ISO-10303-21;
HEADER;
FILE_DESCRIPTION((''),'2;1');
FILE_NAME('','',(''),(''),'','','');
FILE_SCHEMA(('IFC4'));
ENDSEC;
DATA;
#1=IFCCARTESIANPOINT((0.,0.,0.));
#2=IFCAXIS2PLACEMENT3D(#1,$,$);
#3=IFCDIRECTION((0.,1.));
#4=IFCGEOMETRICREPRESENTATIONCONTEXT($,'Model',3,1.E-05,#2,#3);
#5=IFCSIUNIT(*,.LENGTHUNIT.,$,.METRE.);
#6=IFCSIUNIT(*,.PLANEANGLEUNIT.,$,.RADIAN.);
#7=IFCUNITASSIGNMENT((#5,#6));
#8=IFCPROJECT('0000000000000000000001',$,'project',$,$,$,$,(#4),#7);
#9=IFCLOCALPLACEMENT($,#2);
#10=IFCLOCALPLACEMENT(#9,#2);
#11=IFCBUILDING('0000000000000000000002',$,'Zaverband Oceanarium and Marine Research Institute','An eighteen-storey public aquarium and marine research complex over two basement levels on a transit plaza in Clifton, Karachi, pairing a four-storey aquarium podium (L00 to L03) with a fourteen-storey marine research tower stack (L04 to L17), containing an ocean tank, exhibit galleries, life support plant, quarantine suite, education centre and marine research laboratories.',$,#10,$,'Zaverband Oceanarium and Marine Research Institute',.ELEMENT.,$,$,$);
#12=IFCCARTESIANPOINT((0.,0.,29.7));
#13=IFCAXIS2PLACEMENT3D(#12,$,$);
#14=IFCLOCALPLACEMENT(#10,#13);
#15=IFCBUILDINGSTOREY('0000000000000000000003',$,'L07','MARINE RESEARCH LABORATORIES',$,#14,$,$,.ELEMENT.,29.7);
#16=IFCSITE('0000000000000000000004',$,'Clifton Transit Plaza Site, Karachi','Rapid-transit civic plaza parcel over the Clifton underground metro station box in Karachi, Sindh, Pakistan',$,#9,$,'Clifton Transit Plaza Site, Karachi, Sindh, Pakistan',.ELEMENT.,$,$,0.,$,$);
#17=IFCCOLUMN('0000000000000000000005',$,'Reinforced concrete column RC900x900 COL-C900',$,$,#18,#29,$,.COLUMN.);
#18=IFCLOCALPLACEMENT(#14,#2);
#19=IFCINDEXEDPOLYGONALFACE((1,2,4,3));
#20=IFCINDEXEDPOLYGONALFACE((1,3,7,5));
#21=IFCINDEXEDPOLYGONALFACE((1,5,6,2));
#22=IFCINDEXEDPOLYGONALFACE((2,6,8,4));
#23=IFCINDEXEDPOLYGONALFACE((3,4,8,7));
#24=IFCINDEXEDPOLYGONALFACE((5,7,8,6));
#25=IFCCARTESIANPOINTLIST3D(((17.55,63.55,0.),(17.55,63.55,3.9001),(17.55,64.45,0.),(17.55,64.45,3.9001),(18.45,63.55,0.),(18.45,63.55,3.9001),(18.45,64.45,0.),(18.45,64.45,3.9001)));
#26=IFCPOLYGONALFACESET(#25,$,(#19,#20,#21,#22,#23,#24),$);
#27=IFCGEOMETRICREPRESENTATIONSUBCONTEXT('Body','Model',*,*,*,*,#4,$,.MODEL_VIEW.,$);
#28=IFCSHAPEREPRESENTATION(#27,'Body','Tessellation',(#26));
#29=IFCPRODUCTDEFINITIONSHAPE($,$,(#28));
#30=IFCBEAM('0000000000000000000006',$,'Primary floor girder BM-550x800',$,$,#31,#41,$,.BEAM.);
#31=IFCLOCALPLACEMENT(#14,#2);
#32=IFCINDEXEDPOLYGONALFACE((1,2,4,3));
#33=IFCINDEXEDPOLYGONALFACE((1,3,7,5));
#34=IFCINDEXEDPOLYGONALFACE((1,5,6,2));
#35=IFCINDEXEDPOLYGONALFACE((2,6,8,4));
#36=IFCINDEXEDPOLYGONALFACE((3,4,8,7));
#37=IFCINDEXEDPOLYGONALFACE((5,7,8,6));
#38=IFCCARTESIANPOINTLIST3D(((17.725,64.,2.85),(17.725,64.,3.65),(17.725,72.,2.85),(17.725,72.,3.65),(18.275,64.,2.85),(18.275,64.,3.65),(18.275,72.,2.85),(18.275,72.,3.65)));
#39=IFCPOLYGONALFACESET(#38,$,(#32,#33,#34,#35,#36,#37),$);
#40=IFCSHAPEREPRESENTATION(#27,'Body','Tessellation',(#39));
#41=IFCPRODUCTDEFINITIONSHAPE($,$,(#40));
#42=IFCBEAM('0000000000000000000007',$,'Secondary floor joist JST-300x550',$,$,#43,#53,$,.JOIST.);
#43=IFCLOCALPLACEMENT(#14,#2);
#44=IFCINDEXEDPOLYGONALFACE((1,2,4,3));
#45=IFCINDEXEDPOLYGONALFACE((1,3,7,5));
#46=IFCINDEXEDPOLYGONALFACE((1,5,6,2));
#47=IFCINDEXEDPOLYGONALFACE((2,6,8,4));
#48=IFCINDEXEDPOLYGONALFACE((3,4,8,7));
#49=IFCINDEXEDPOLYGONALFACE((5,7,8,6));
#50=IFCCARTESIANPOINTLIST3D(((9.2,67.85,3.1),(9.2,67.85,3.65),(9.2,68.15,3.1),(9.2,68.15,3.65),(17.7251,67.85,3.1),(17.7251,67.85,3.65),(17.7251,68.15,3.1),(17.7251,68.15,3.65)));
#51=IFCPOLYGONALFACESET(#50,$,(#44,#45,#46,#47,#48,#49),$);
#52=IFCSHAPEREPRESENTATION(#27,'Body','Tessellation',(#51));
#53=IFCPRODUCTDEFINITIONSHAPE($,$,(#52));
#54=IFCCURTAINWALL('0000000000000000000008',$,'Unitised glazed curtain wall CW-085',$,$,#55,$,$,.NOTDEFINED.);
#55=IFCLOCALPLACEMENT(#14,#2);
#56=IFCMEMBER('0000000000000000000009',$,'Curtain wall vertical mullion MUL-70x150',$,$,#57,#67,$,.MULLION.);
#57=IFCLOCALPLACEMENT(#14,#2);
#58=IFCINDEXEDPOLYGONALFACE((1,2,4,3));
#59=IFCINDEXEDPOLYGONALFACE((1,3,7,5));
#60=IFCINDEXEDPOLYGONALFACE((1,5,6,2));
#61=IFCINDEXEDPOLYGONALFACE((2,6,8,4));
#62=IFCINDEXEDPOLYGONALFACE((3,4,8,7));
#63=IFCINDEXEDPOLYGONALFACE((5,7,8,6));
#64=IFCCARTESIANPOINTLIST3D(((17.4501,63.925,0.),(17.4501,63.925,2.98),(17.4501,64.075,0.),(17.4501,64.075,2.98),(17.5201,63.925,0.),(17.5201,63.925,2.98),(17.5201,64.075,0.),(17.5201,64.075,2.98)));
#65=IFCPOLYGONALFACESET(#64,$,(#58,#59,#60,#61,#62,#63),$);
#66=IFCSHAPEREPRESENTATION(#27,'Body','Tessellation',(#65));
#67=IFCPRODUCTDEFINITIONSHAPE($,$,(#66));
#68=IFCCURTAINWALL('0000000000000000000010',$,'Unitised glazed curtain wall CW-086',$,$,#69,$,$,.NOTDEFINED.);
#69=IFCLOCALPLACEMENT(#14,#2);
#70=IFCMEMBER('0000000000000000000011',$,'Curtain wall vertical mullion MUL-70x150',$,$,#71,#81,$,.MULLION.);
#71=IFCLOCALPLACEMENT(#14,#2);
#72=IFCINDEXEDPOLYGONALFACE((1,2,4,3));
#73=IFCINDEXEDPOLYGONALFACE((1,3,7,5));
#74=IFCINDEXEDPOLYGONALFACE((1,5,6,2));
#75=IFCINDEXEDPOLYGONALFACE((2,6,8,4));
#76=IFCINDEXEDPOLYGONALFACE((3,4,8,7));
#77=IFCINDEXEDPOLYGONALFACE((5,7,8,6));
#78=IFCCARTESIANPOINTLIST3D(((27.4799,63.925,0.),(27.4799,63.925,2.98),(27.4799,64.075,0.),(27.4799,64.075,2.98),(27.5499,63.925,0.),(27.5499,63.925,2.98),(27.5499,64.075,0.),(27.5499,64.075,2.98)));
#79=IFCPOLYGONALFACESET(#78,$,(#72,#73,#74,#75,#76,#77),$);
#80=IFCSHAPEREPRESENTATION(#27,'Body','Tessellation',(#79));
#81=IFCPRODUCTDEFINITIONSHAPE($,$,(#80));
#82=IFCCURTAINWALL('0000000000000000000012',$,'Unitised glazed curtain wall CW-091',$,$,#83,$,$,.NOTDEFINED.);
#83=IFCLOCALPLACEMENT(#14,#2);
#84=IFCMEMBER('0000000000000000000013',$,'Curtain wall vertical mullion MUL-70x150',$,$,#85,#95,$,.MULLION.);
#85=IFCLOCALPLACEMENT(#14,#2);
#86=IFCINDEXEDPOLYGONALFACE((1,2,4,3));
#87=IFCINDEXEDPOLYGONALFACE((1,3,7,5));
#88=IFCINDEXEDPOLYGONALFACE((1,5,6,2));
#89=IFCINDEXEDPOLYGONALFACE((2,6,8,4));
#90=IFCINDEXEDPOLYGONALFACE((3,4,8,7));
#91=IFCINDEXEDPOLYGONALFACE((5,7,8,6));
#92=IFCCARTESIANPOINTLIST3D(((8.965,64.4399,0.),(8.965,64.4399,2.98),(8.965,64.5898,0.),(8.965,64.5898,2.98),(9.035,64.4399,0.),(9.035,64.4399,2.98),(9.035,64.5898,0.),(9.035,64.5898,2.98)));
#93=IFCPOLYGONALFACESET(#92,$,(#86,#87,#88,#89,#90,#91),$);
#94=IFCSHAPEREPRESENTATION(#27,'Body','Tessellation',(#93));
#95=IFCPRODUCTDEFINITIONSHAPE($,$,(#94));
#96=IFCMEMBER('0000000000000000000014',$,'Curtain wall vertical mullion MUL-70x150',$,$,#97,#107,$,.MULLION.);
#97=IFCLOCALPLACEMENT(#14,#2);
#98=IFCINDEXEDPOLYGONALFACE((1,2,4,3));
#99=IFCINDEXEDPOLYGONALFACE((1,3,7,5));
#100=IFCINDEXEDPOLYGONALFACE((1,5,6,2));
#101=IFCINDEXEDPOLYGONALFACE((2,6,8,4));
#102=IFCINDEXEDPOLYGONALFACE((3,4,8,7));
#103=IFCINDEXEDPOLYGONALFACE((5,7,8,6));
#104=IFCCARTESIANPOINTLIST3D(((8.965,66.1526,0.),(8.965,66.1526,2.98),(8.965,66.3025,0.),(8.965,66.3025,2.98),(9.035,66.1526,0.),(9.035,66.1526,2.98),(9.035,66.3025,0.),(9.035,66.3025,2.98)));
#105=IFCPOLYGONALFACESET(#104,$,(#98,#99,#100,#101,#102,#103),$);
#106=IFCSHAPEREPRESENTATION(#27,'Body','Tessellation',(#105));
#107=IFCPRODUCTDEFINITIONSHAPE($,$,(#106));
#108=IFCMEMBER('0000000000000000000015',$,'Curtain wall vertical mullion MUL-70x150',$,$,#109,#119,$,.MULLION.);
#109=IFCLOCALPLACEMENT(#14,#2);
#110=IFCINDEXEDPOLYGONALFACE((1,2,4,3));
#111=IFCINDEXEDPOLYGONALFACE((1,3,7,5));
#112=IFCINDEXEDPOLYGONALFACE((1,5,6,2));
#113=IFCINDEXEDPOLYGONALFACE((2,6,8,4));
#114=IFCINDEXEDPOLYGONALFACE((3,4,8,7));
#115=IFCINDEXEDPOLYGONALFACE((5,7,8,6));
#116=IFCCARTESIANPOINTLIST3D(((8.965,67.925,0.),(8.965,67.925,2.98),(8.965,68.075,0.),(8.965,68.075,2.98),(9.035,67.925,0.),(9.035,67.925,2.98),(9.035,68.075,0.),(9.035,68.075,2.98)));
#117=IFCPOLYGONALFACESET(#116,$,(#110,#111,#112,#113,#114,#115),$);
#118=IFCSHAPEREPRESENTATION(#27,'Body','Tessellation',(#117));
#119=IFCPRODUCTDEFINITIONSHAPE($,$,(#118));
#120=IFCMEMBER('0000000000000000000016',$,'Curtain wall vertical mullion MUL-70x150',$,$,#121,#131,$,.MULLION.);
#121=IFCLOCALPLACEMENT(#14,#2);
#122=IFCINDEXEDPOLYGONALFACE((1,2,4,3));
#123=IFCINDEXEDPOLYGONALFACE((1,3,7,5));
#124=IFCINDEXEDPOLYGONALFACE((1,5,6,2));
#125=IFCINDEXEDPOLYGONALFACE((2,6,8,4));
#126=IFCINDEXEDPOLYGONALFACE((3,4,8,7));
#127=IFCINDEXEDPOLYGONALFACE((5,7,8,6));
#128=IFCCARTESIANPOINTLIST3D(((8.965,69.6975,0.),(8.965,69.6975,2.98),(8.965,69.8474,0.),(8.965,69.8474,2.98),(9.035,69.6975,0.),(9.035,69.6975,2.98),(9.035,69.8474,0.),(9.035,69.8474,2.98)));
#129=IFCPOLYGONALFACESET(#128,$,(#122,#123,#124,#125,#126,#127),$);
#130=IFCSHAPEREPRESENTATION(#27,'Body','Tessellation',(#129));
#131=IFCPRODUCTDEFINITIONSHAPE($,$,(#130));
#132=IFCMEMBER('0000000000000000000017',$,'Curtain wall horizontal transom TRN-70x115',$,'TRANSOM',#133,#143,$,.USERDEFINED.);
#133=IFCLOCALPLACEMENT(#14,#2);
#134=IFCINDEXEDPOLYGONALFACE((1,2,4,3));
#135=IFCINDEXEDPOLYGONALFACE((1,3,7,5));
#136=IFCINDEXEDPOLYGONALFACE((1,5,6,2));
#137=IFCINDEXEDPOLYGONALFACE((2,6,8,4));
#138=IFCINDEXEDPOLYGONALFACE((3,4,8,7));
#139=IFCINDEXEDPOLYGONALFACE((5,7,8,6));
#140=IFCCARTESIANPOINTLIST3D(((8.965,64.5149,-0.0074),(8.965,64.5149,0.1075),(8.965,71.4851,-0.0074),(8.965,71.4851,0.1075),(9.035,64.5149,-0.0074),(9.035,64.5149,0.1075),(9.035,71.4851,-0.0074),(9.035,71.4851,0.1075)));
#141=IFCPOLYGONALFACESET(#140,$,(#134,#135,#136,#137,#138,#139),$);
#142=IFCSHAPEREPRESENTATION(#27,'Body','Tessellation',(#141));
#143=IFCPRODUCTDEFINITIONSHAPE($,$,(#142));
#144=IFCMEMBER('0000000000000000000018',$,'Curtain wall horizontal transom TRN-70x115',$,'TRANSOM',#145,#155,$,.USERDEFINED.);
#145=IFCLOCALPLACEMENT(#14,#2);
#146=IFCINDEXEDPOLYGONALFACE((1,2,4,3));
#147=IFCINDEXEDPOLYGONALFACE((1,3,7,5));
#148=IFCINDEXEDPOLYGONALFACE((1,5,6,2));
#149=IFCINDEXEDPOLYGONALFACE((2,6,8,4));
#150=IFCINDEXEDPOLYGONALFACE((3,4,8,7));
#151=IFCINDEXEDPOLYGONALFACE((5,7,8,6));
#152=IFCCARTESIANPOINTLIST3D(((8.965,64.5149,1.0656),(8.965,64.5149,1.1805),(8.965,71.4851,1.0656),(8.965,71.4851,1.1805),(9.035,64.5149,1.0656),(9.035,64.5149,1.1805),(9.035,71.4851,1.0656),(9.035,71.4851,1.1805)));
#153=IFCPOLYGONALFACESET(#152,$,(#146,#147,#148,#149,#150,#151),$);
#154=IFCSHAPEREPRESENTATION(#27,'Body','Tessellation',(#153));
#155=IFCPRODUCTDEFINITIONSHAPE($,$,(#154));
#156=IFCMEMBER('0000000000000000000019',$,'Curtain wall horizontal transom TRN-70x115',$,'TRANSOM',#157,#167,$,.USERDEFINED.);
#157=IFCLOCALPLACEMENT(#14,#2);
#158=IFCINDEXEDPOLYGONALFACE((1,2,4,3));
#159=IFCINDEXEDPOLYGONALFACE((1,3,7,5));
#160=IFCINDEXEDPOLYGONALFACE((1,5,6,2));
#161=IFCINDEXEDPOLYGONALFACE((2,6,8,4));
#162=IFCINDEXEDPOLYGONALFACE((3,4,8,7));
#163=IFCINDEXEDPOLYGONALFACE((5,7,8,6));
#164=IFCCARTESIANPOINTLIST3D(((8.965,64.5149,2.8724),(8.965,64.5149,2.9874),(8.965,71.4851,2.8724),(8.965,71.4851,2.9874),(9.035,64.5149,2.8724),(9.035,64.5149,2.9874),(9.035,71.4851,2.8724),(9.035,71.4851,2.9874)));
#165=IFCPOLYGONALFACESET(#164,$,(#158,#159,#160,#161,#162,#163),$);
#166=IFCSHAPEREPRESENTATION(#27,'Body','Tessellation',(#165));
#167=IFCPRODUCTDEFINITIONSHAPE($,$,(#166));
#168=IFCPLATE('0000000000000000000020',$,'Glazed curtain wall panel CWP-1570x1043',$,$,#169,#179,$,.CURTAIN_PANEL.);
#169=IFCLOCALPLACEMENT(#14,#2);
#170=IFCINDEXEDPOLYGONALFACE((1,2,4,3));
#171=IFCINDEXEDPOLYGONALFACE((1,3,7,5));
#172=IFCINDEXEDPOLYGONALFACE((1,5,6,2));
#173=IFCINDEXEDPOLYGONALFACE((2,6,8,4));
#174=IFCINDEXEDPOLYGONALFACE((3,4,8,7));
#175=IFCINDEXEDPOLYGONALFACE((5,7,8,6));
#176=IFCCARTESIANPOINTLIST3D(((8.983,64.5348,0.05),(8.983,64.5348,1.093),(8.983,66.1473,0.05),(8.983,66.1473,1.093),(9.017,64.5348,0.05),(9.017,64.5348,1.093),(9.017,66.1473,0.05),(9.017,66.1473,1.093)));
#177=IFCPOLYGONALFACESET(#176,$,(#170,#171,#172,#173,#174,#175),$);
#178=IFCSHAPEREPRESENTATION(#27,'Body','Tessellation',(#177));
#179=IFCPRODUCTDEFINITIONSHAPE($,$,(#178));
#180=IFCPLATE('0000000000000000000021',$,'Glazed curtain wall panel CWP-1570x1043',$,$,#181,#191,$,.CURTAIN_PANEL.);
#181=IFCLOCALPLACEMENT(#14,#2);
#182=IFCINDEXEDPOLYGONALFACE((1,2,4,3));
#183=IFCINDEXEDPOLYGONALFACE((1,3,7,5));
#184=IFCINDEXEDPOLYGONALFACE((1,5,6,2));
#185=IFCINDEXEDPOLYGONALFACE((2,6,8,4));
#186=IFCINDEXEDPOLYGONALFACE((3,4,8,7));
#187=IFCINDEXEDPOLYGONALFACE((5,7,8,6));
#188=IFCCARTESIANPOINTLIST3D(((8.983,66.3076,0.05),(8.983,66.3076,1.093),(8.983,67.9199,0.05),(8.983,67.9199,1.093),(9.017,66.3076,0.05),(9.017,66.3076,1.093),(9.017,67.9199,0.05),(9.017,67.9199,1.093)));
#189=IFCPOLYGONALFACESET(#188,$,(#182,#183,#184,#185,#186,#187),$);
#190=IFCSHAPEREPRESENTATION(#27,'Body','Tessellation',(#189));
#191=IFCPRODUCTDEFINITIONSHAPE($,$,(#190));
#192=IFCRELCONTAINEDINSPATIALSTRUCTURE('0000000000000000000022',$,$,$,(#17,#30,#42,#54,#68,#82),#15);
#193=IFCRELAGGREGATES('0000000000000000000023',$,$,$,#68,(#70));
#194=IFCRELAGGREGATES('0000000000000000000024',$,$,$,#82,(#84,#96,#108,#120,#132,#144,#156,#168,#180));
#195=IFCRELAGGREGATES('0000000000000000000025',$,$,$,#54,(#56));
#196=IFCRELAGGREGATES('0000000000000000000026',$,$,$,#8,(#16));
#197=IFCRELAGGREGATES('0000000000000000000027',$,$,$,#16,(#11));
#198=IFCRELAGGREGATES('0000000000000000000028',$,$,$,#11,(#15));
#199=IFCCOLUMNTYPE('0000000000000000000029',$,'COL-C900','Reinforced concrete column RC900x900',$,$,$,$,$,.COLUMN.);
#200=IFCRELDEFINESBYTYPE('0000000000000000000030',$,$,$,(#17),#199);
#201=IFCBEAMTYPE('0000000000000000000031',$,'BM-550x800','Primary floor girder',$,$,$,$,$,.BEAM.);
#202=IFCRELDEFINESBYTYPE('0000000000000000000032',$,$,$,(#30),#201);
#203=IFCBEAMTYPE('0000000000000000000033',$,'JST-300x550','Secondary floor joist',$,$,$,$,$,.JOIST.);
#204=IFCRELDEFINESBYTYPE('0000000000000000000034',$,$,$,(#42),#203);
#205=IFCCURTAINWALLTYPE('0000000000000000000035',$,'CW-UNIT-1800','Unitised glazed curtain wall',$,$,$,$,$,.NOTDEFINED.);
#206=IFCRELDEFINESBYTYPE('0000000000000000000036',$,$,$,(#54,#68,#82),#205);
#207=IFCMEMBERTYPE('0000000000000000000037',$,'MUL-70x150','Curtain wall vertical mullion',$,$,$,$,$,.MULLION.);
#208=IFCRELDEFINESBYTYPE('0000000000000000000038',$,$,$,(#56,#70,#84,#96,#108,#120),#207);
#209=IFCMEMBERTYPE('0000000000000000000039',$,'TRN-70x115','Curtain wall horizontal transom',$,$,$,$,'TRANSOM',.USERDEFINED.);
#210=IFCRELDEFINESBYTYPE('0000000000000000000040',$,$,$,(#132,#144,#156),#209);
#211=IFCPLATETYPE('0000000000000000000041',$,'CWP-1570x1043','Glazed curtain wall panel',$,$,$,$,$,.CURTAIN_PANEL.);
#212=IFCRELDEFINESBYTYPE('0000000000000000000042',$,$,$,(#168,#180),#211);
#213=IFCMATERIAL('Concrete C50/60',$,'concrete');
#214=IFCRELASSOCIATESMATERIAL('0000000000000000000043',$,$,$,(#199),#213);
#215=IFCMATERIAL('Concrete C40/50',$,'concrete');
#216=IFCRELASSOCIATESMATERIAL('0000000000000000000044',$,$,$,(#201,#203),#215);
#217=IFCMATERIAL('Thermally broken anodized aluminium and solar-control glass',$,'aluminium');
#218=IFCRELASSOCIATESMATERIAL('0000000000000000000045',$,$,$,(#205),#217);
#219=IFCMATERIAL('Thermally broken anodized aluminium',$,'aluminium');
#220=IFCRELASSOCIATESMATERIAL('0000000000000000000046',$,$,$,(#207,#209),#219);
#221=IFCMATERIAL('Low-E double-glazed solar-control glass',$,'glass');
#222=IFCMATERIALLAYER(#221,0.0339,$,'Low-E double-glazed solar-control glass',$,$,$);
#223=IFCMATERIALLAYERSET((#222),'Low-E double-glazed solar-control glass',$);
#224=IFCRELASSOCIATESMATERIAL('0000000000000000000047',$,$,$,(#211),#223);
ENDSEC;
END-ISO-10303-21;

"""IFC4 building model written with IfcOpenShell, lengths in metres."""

from ifc_helpers import new_model, si_unit, direction, frame, frame_2d, origin, origin_2d, place, context, subcontext, project, spatial, rectangle, extrude, material, layer, layer_set, material_profile, profile_set, type_object, element, aggregate, save


model = new_model("IFC4")

# Units and contexts
model_context = context("Model", 3, precision=1e-05, world=origin(), true_north=direction((0.0, 1.0)))
body_context = subcontext(model_context, "Body", "Model", "MODEL_VIEW")
ifc_project = project(units=[si_unit("LENGTHUNIT", "METRE"), si_unit("PLANEANGLEUNIT", "RADIAN")], contexts=[model_context])

# Site, building, storey
site_placement = place(None, origin())
site = spatial("IfcSite", under=ifc_project, at=site_placement, Name="Clifton Transit Plaza Site, Karachi", Description="Rapid-transit civic plaza parcel over the Clifton underground metro station box in Karachi, Sindh, Pakistan", LongName="Clifton Transit Plaza Site, Karachi, Sindh, Pakistan", CompositionType="ELEMENT", RefElevation=0.0)
building_placement = place(site_placement, origin())
building = spatial("IfcBuilding", under=site, at=building_placement, Name="Zaverband Oceanarium and Marine Research Institute", Description="An eighteen-storey public aquarium and marine research complex over two basement levels on a transit plaza in Clifton, Karachi, pairing a four-storey aquarium podium (L00 to L03) with a fourteen-storey marine research tower stack (L04 to L17), containing an ocean tank, exhibit galleries, life support plant, quarantine suite, education centre and marine research laboratories.", LongName="Zaverband Oceanarium and Marine Research Institute", CompositionType="ELEMENT")
storey_placement = place(building_placement, frame((0.0, 0.0, 29.7)))
storey = spatial("IfcBuildingStorey", under=building, at=storey_placement, Name="L07", Description="MARINE RESEARCH LABORATORIES", CompositionType="ELEMENT", Elevation=29.7)

# Column
ifc_material_1 = material(Name="Concrete C50/60", Category="concrete")
ifc_material_profile_1 = material_profile(ifc_material_1, rectangle(XDim=0.8999, YDim=0.8999, at=origin_2d()), Name="RC900x900")
ifc_profile_set_1 = profile_set([ifc_material_profile_1], Name="Concrete C50/60")
column_type = type_object("IfcColumnType", Name="COL-C900", Description="Reinforced concrete column RC900x900", PredefinedType="COLUMN", material=ifc_profile_set_1)
column_placement = place(storey_placement, frame((18.0, 64.0, 0.0), z_axis=(0.0, 0.0, 1.0), x_axis=(1.0, 0.0, 0.0)))
element("IfcColumn", 1, at=column_placement, inside=storey, type_object=column_type, Name="Reinforced concrete column RC900x900 COL-C900", PredefinedType="COLUMN", context=body_context, shape_type="SweptSolid", body=[
    extrude(rectangle(XDim=0.8999, YDim=0.8999, at=origin_2d()), origin(), (0.0, 0.0, 1.0), 3.9001),
])

# Beams
ifc_material_2 = material(Name="Concrete C40/50", Category="concrete")
ifc_material_profile_2 = material_profile(ifc_material_2, rectangle(XDim=0.55, YDim=0.8, at=origin_2d()), Name="RC550x800")
ifc_profile_set_2 = profile_set([ifc_material_profile_2], Name="Concrete C40/50")
beam_type_1 = type_object("IfcBeamType", Name="BM-550x800", Description="Primary floor girder", PredefinedType="BEAM", material=ifc_profile_set_2)
beam_1_placement = place(storey_placement, frame((18.0, 64.0, 3.25), z_axis=(0.0, 1.0, 0.0), x_axis=(-1.0, 0.0, 0.0)))
element("IfcBeam", 2, at=beam_1_placement, inside=storey, type_object=beam_type_1, Name="Primary floor girder BM-550x800", PredefinedType="BEAM", context=body_context, shape_type="SweptSolid", body=[
    extrude(rectangle(XDim=0.55, YDim=0.8, at=origin_2d()), origin(), (0.0, 0.0, 1.0), 8.0),
])
ifc_material_profile_3 = material_profile(ifc_material_2, rectangle(XDim=0.3, YDim=0.55, at=origin_2d()), Name="RC300x550")
ifc_profile_set_3 = profile_set([ifc_material_profile_3], Name="Concrete C40/50")
beam_type_2 = type_object("IfcBeamType", Name="JST-300x550", Description="Secondary floor joist", PredefinedType="JOIST", material=ifc_profile_set_3)
beam_2_placement = place(storey_placement, frame((9.2, 68.0, 3.375), z_axis=(1.0, 0.0, 0.0), x_axis=(0.0, 1.0, 0.0)))
element("IfcBeam", 3, at=beam_2_placement, inside=storey, type_object=beam_type_2, Name="Secondary floor joist JST-300x550", PredefinedType="JOIST", context=body_context, shape_type="SweptSolid", body=[
    extrude(rectangle(XDim=0.3, YDim=0.55, at=origin_2d()), origin(), (0.0, 0.0, 1.0), 8.5251),
])

# Curtain walls, members
ifc_material_3 = material(Name="Thermally broken anodized aluminium and solar-control glass", Category="aluminium")
curtain_wall_type = type_object("IfcCurtainWallType", Name="CW-UNIT-1800", Description="Unitised glazed curtain wall", PredefinedType="NOTDEFINED", material=ifc_material_3)
curtain_wall_1_placement = place(storey_placement, origin())
curtain_wall_1 = element("IfcCurtainWall", 4, at=curtain_wall_1_placement, inside=storey, type_object=curtain_wall_type, Name="Unitised glazed curtain wall CW-085", PredefinedType="NOTDEFINED")
ifc_material_4 = material(Name="Thermally broken anodized aluminium", Category="aluminium")
ifc_material_profile_4 = material_profile(ifc_material_4, rectangle(XDim=0.0701, YDim=0.1499, at=origin_2d()), Name="AL-MUL-70x150")
ifc_profile_set_4 = profile_set([ifc_material_profile_4], Name="Thermally broken anodized aluminium")
member_type_1 = type_object("IfcMemberType", Name="MUL-70x150", Description="Curtain wall vertical mullion", PredefinedType="MULLION", material=ifc_profile_set_4)
member_1_placement = place(storey_placement, frame((17.4851, 64.0, 0.0), z_axis=(0.0, 0.0, 1.0), x_axis=(1.0, 0.0, 0.0)))
member_1 = element("IfcMember", 5, at=member_1_placement, type_object=member_type_1, Name="Curtain wall vertical mullion MUL-70x150", PredefinedType="MULLION", context=body_context, shape_type="SweptSolid", body=[
    extrude(rectangle(XDim=0.0701, YDim=0.1499, at=origin_2d()), origin(), (0.0, 0.0, 1.0), 2.98),
])
curtain_wall_2_placement = place(storey_placement, origin())
curtain_wall_2 = element("IfcCurtainWall", 6, at=curtain_wall_2_placement, inside=storey, type_object=curtain_wall_type, Name="Unitised glazed curtain wall CW-086", PredefinedType="NOTDEFINED")
member_2_placement = place(storey_placement, frame((27.5149, 64.0, 0.0), z_axis=(0.0, 0.0, 1.0), x_axis=(1.0, 0.0, 0.0)))
member_2 = element("IfcMember", 7, at=member_2_placement, type_object=member_type_1, Name="Curtain wall vertical mullion MUL-70x150", PredefinedType="MULLION", context=body_context, shape_type="SweptSolid", body=[
    extrude(rectangle(XDim=0.0701, YDim=0.1499, at=origin_2d()), origin(), (0.0, 0.0, 1.0), 2.98),
])
aggregate(curtain_wall_2, [member_2])

# Curtain wall, members, plates
curtain_wall_3_placement = place(storey_placement, origin())
curtain_wall_3 = element("IfcCurtainWall", 8, at=curtain_wall_3_placement, inside=storey, type_object=curtain_wall_type, Name="Unitised glazed curtain wall CW-091", PredefinedType="NOTDEFINED")
member_3_placement = place(storey_placement, frame((9.0, 64.5149, 0.0), z_axis=(0.0, 0.0, 1.0), x_axis=(1.0, 0.0, 0.0)))
member_3 = element("IfcMember", 9, at=member_3_placement, type_object=member_type_1, Name="Curtain wall vertical mullion MUL-70x150", PredefinedType="MULLION", context=body_context, shape_type="SweptSolid", body=[
    extrude(rectangle(XDim=0.0701, YDim=0.1499, at=origin_2d()), origin(), (0.0, 0.0, 1.0), 2.98),
])
member_4_placement = place(storey_placement, frame((9.0, 66.2275, 0.0), z_axis=(0.0, 0.0, 1.0), x_axis=(1.0, 0.0, 0.0)))
member_4 = element("IfcMember", 10, at=member_4_placement, type_object=member_type_1, Name="Curtain wall vertical mullion MUL-70x150", PredefinedType="MULLION", context=body_context, shape_type="SweptSolid", body=[
    extrude(rectangle(XDim=0.0701, YDim=0.1499, at=origin_2d()), origin(), (0.0, 0.0, 1.0), 2.98),
])
member_5_placement = place(storey_placement, frame((9.0, 68.0, 0.0), z_axis=(0.0, 0.0, 1.0), x_axis=(1.0, 0.0, 0.0)))
member_5 = element("IfcMember", 11, at=member_5_placement, type_object=member_type_1, Name="Curtain wall vertical mullion MUL-70x150", PredefinedType="MULLION", context=body_context, shape_type="SweptSolid", body=[
    extrude(rectangle(XDim=0.0701, YDim=0.1499, at=origin_2d()), origin(), (0.0, 0.0, 1.0), 2.98),
])
member_6_placement = place(storey_placement, frame((9.0, 69.7725, 0.0), z_axis=(0.0, 0.0, 1.0), x_axis=(1.0, 0.0, 0.0)))
member_6 = element("IfcMember", 12, at=member_6_placement, type_object=member_type_1, Name="Curtain wall vertical mullion MUL-70x150", PredefinedType="MULLION", context=body_context, shape_type="SweptSolid", body=[
    extrude(rectangle(XDim=0.0701, YDim=0.1499, at=origin_2d()), origin(), (0.0, 0.0, 1.0), 2.98),
])
ifc_material_profile_5 = material_profile(ifc_material_4, rectangle(XDim=0.0701, YDim=0.115, at=origin_2d()), Name="AL-TRN-70x115")
ifc_profile_set_5 = profile_set([ifc_material_profile_5], Name="Thermally broken anodized aluminium")
member_type_2 = type_object("IfcMemberType", Name="TRN-70x115", Description="Curtain wall horizontal transom", ElementType="TRANSOM", PredefinedType="USERDEFINED", material=ifc_profile_set_5)
member_7_placement = place(storey_placement, frame((9.0, 64.5149, 0.05), z_axis=(0.0, 1.0, 0.0), x_axis=(-1.0, 0.0, 0.0)))
member_7 = element("IfcMember", 13, at=member_7_placement, type_object=member_type_2, Name="Curtain wall horizontal transom TRN-70x115", ObjectType="TRANSOM", PredefinedType="USERDEFINED", context=body_context, shape_type="SweptSolid", body=[
    extrude(rectangle(XDim=0.0701, YDim=0.115, at=origin_2d()), origin(), (0.0, 0.0, 1.0), 6.9702),
])
member_8_placement = place(storey_placement, frame((9.0, 64.5149, 1.123), z_axis=(0.0, 1.0, 0.0), x_axis=(-1.0, 0.0, 0.0)))
member_8 = element("IfcMember", 14, at=member_8_placement, type_object=member_type_2, Name="Curtain wall horizontal transom TRN-70x115", ObjectType="TRANSOM", PredefinedType="USERDEFINED", context=body_context, shape_type="SweptSolid", body=[
    extrude(rectangle(XDim=0.0701, YDim=0.115, at=origin_2d()), origin(), (0.0, 0.0, 1.0), 6.9702),
])
member_9_placement = place(storey_placement, frame((9.0, 64.5149, 2.9299), z_axis=(0.0, 1.0, 0.0), x_axis=(-1.0, 0.0, 0.0)))
member_9 = element("IfcMember", 15, at=member_9_placement, type_object=member_type_2, Name="Curtain wall horizontal transom TRN-70x115", ObjectType="TRANSOM", PredefinedType="USERDEFINED", context=body_context, shape_type="SweptSolid", body=[
    extrude(rectangle(XDim=0.0701, YDim=0.115, at=origin_2d()), origin(), (0.0, 0.0, 1.0), 6.9702),
])
ifc_material_5 = material(Name="Low-E double-glazed solar-control glass", Category="glass")
ifc_layer_1 = layer(ifc_material_5, 0.0339, Name="Low-E double-glazed solar-control glass")
ifc_layer_set_1 = layer_set([ifc_layer_1], Name="Low-E double-glazed solar-control glass")
plate_type_1 = type_object("IfcPlateType", Name="CWP-1570x1043", Description="Glazed curtain wall panel", PredefinedType="CURTAIN_PANEL", material=ifc_layer_set_1)
plate_1_placement = place(storey_placement, frame((9.0, 64.5349, 0.05), z_axis=(0.0, 0.0, 1.0), x_axis=(0.0, 1.0, 0.0)))
plate_1 = element("IfcPlate", 16, at=plate_1_placement, type_object=plate_type_1, Name="Glazed curtain wall panel CWP-1570x1043", PredefinedType="CURTAIN_PANEL", context=body_context, shape_type="SweptSolid", body=[
    extrude(rectangle(XDim=1.6125, YDim=0.0339, at=frame_2d((0.8062, 0.0))), origin(), (0.0, 0.0, 1.0), 1.043),
])
plate_2_placement = place(storey_placement, frame((9.0, 66.3076, 0.05), z_axis=(0.0, 0.0, 1.0), x_axis=(0.0, 1.0, 0.0)))
plate_2 = element("IfcPlate", 17, at=plate_2_placement, type_object=plate_type_1, Name="Glazed curtain wall panel CWP-1570x1043", PredefinedType="CURTAIN_PANEL", context=body_context, shape_type="SweptSolid", body=[
    extrude(rectangle(XDim=1.6123, YDim=0.0339, at=frame_2d((0.8062, 0.0))), origin(), (0.0, 0.0, 1.0), 1.043),
])
aggregate(curtain_wall_3, [member_3, member_4, member_5, member_6, member_7, member_8, member_9, plate_1, plate_2])

aggregate(curtain_wall_1, [member_1])

save(model, "model.ifc")
